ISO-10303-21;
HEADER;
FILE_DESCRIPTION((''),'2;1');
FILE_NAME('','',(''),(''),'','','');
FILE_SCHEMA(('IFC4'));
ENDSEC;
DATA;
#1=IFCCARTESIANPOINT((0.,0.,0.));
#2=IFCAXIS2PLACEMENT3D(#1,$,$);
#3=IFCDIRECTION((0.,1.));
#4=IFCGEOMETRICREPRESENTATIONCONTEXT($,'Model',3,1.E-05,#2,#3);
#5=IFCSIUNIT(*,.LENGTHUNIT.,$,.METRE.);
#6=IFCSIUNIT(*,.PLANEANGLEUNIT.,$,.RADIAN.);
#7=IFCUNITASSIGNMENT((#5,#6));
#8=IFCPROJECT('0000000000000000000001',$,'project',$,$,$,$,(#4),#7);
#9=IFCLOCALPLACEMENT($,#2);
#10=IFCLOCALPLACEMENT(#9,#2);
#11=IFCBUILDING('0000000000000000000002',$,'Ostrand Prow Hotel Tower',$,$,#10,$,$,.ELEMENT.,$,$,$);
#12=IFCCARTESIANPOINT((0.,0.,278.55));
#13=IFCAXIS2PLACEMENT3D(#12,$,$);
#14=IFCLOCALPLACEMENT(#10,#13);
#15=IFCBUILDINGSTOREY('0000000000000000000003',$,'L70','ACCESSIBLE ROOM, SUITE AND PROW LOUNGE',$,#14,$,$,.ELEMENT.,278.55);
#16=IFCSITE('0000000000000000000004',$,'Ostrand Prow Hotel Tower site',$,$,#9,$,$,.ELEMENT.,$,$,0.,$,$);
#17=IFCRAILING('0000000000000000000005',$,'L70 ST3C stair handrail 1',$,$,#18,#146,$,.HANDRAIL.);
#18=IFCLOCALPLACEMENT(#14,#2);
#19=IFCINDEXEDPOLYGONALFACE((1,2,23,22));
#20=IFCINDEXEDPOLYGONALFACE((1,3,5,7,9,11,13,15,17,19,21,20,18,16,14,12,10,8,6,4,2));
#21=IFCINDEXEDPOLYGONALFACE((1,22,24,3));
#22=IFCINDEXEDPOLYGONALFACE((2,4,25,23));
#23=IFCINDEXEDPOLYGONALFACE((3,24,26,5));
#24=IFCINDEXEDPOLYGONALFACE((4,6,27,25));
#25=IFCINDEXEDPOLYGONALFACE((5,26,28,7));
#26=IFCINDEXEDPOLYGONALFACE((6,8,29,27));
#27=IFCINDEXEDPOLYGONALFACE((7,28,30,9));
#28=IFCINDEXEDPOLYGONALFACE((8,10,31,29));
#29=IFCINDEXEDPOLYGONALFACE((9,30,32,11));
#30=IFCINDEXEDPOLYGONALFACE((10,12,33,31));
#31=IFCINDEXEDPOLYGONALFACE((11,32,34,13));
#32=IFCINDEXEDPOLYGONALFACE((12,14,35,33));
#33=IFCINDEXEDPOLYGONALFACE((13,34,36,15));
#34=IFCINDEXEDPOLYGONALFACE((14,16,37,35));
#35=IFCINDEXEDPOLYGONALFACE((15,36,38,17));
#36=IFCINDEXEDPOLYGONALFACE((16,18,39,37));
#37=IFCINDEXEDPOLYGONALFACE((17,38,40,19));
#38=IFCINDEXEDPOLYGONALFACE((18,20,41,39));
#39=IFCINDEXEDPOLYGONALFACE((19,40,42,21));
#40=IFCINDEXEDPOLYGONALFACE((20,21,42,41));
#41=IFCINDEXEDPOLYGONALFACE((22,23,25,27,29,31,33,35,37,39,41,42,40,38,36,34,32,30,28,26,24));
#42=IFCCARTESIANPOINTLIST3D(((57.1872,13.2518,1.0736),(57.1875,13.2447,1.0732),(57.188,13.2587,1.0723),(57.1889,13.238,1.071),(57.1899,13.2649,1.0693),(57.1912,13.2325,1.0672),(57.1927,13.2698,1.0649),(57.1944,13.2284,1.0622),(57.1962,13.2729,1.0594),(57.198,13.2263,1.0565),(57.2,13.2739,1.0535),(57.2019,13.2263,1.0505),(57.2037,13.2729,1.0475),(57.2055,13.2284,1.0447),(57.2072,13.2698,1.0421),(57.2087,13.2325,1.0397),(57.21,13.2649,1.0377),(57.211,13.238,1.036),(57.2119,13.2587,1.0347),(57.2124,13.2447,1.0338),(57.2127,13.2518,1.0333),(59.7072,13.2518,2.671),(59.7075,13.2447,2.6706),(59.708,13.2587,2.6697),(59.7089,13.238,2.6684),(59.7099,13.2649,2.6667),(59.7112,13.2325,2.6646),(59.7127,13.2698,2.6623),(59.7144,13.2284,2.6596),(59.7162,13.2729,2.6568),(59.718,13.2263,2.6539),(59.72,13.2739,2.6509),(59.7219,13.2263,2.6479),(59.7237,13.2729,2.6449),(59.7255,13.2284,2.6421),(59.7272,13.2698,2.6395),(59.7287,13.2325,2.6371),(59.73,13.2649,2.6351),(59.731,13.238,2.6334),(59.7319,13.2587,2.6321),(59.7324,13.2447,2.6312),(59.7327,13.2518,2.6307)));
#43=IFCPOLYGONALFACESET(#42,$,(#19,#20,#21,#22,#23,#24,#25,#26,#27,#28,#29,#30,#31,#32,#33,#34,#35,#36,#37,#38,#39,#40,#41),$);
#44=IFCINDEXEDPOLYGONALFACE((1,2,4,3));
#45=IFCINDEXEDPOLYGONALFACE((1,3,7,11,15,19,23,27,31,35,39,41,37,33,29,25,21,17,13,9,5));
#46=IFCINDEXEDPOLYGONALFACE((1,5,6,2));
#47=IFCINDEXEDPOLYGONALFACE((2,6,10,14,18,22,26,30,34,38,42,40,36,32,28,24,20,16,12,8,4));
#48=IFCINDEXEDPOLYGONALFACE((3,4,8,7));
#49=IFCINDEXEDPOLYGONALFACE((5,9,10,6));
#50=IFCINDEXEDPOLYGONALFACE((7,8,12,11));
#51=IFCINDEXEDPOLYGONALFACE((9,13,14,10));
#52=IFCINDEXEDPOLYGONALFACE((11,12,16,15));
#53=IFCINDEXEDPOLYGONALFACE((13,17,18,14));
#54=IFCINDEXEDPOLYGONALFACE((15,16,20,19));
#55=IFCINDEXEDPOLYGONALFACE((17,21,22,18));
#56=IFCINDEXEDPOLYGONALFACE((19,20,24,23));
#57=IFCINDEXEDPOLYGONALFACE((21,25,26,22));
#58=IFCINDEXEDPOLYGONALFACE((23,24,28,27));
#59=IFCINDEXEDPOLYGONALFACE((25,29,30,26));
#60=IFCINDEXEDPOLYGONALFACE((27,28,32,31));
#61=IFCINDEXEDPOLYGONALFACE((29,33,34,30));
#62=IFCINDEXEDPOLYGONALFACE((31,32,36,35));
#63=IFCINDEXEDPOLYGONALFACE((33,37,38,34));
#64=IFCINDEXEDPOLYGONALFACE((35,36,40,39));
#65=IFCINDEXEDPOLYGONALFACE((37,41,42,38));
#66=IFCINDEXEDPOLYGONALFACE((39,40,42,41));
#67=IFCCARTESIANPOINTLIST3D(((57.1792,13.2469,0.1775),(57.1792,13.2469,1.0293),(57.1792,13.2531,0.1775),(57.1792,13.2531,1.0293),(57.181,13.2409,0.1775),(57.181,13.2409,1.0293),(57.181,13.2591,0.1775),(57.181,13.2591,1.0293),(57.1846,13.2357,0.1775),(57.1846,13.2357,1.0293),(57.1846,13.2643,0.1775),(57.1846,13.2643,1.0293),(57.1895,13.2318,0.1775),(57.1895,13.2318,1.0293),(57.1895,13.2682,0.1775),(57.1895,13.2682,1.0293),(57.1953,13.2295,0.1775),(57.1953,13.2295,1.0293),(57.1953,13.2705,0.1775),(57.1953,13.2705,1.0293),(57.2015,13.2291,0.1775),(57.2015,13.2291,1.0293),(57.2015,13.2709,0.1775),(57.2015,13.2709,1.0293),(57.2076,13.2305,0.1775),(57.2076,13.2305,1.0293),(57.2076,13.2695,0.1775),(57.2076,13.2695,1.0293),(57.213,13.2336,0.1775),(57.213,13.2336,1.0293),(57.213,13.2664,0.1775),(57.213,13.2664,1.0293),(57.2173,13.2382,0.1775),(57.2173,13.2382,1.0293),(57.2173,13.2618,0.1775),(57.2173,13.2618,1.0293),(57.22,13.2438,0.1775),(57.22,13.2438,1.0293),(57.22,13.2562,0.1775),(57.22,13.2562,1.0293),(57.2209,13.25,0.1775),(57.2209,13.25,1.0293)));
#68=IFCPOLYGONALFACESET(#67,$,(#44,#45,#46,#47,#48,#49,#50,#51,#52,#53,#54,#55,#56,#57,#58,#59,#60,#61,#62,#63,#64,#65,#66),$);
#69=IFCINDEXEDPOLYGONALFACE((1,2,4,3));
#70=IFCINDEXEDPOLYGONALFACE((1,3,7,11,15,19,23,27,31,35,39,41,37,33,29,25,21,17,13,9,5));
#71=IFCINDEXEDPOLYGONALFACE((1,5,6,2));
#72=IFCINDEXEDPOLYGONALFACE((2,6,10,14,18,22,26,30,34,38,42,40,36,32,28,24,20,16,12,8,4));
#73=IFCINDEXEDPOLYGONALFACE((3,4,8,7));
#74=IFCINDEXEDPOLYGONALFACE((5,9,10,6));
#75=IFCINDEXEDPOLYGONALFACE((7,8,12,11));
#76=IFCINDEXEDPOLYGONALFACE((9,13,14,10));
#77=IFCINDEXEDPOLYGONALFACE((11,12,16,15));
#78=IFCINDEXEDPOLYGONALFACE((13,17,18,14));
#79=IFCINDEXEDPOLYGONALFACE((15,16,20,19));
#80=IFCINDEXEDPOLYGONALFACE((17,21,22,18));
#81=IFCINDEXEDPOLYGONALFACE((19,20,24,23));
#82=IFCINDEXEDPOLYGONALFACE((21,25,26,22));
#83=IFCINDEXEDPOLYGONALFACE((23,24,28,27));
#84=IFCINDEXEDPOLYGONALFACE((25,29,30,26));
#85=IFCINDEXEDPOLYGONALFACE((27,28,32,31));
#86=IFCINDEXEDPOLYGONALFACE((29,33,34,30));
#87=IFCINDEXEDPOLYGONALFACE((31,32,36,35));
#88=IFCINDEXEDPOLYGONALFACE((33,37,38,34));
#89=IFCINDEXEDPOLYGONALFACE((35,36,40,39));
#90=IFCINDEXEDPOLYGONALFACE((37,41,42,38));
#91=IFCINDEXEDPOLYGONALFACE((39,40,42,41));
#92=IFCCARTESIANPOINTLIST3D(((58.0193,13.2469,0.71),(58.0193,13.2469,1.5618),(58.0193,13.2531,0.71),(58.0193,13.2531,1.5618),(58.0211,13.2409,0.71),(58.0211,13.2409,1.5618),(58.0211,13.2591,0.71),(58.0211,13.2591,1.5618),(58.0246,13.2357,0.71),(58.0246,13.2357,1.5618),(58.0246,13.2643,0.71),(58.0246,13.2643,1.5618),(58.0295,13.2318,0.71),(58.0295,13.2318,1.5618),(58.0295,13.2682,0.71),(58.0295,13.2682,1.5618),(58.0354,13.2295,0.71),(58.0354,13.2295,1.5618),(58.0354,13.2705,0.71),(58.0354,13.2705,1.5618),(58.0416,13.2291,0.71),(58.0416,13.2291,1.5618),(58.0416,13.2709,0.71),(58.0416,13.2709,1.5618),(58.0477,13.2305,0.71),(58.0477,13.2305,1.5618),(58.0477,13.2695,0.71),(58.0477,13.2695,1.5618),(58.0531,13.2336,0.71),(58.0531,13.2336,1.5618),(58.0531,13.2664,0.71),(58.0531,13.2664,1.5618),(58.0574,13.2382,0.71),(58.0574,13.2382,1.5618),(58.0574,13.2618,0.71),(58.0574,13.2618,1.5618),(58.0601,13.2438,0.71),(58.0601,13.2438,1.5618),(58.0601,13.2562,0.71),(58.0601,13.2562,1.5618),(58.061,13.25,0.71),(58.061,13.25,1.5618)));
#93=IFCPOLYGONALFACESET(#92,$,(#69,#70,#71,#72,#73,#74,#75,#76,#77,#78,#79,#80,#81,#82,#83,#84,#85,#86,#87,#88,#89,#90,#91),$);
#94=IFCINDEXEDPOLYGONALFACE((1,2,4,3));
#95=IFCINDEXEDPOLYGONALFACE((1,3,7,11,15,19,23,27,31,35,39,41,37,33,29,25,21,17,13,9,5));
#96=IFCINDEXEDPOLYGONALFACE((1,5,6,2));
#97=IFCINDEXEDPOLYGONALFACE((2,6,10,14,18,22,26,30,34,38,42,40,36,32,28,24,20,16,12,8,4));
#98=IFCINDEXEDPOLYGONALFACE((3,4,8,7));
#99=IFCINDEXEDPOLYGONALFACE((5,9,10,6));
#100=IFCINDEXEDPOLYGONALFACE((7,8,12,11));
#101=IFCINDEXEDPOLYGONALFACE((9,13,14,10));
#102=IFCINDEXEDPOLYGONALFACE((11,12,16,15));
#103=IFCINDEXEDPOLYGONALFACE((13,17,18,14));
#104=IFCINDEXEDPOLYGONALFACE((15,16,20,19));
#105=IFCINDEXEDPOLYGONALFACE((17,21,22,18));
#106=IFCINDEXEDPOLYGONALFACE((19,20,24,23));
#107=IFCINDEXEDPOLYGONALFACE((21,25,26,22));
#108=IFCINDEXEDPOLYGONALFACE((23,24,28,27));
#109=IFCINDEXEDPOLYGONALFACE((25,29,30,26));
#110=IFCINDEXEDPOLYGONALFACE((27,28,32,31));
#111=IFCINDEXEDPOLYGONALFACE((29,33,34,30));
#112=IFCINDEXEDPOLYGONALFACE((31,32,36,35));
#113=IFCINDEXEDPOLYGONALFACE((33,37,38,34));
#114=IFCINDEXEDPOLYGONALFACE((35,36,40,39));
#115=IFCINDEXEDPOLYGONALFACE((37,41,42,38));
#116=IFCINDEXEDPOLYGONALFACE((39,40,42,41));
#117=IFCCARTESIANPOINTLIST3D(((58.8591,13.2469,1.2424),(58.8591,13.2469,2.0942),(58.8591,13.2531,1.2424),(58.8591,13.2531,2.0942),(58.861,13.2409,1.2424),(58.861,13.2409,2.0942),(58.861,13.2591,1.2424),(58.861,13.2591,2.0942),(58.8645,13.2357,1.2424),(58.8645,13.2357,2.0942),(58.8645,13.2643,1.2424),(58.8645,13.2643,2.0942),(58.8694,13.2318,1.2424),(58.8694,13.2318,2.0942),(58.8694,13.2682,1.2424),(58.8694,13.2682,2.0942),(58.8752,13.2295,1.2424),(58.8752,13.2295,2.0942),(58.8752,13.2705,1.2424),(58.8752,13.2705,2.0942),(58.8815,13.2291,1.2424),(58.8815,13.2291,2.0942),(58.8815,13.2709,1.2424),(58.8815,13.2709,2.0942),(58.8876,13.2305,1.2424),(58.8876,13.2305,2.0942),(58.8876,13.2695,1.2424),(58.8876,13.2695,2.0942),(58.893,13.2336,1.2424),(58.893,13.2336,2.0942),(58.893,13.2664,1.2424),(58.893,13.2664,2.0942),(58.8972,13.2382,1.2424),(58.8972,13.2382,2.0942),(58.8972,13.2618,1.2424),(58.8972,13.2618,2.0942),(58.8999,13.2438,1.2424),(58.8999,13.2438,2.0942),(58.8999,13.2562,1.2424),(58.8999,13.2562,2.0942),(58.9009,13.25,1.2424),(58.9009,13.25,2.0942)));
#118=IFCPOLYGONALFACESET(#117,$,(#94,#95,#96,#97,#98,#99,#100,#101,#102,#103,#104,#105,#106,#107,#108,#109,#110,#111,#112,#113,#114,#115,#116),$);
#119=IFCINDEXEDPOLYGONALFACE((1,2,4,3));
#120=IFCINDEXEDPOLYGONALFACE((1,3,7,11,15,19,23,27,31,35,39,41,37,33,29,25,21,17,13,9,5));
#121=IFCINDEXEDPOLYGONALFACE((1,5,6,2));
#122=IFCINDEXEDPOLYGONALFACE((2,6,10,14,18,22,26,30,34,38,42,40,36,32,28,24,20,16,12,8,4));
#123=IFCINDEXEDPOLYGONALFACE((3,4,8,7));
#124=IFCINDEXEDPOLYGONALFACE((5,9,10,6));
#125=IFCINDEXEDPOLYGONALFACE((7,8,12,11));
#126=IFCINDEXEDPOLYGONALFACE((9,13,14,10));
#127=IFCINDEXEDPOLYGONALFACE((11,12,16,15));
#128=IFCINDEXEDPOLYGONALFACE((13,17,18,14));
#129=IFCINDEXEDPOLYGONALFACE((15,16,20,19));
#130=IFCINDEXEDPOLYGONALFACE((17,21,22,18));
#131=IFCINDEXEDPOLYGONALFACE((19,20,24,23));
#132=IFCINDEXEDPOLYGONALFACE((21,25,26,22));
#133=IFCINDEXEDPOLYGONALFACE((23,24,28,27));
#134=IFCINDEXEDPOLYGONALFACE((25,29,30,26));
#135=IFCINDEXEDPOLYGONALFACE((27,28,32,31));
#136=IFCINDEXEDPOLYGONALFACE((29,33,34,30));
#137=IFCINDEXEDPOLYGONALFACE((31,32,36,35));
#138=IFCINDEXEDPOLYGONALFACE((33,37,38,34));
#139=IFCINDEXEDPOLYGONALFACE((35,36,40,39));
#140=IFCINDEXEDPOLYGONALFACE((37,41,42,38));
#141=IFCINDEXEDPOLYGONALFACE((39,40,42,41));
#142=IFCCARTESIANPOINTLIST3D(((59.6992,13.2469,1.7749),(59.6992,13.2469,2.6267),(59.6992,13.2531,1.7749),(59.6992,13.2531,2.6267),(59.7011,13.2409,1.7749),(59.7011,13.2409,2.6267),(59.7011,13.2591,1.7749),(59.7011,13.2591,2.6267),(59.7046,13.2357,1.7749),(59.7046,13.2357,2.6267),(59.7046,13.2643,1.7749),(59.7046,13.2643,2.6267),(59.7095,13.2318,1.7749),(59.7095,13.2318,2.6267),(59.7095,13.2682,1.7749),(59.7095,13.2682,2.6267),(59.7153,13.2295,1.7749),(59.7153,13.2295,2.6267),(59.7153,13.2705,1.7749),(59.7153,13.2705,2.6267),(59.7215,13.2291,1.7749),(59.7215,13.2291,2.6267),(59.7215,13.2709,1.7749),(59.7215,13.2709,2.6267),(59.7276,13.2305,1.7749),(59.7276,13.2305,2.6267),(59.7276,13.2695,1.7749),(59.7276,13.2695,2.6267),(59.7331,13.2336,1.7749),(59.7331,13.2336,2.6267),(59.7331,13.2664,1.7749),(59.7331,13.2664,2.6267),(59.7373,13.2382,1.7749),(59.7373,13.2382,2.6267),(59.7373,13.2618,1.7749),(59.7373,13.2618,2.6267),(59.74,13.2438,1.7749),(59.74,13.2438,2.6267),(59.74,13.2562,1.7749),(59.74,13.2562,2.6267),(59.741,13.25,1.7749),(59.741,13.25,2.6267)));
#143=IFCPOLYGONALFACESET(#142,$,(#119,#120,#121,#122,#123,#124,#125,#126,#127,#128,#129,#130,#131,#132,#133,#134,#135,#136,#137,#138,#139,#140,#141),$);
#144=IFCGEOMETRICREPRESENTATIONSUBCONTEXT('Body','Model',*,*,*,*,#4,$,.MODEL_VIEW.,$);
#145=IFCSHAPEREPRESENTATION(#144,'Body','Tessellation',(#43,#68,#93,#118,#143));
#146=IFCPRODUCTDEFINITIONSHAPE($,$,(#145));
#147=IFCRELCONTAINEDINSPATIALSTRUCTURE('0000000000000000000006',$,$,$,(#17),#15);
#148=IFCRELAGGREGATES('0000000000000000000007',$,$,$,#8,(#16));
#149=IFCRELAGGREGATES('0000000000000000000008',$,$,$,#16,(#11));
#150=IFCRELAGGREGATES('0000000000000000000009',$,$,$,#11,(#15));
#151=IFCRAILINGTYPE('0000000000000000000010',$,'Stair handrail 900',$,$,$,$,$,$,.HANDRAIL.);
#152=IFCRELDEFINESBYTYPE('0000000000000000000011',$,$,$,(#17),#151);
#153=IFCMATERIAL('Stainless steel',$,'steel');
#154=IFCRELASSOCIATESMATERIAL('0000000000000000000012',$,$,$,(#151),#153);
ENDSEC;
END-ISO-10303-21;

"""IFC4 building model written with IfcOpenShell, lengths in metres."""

from ifc_helpers import new_model, si_unit, direction, frame, origin, origin_2d, place, context, subcontext, project, spatial, circle, extrude, material, type_object, element, save


model = new_model("IFC4")

# Units and contexts
model_context = context("Model", 3, precision=1e-05, world=origin(), true_north=direction((0.0, 1.0)))
body_context = subcontext(model_context, "Body", "Model", "MODEL_VIEW")
ifc_project = project(units=[si_unit("LENGTHUNIT", "METRE"), si_unit("PLANEANGLEUNIT", "RADIAN")], contexts=[model_context])

# Site, building, storey
site_placement = place(None, origin())
site = spatial("IfcSite", under=ifc_project, at=site_placement, Name="Ostrand Prow Hotel Tower site", CompositionType="ELEMENT", RefElevation=0.0)
building_placement = place(site_placement, origin())
building = spatial("IfcBuilding", under=site, at=building_placement, Name="Ostrand Prow Hotel Tower", CompositionType="ELEMENT")
storey_placement = place(building_placement, frame((0.0, 0.0, 278.55)))
storey = spatial("IfcBuildingStorey", under=building, at=storey_placement, Name="L70", Description="ACCESSIBLE ROOM, SUITE AND PROW LOUNGE", CompositionType="ELEMENT", Elevation=278.55)

# Railing
ifc_material_1 = material(Name="Stainless steel", Category="steel")
railing_type_1 = type_object("IfcRailingType", Name="Stair handrail 900", PredefinedType="HANDRAIL", material=ifc_material_1)
railing_1_placement = place(storey_placement, frame((57.2, 13.25, 0.1775)))
element("IfcRailing", 1, at=railing_1_placement, inside=storey, type_object=railing_type_1, Name="L70 ST3C stair handrail 1", PredefinedType="HANDRAIL", context=body_context, shape_type="SweptSolid", body=[
    extrude(circle(Radius=0.0239, at=origin_2d()), frame((0.0, 0.0, 0.876), z_axis=(0.844607, 0.0, 0.535387), x_axis=(0.0, 1.0, 0.0)), (0.0, 0.0, 1.0), 2.9836),
    extrude(circle(Radius=0.021, at=origin_2d()), origin(), (0.0, 0.0, 1.0), 0.8518),
    extrude(circle(Radius=0.021, at=origin_2d()), frame((0.8401, 0.0, 0.5325)), (0.0, 0.0, 1.0), 0.8518),
    extrude(circle(Radius=0.021, at=origin_2d()), frame((1.6799, 0.0, 1.0649)), (0.0, 0.0, 1.0), 0.8518),
    extrude(circle(Radius=0.021, at=origin_2d()), frame((2.52, 0.0, 1.5974)), (0.0, 0.0, 1.0), 0.8518),
])

save(model, "model.ifc")
